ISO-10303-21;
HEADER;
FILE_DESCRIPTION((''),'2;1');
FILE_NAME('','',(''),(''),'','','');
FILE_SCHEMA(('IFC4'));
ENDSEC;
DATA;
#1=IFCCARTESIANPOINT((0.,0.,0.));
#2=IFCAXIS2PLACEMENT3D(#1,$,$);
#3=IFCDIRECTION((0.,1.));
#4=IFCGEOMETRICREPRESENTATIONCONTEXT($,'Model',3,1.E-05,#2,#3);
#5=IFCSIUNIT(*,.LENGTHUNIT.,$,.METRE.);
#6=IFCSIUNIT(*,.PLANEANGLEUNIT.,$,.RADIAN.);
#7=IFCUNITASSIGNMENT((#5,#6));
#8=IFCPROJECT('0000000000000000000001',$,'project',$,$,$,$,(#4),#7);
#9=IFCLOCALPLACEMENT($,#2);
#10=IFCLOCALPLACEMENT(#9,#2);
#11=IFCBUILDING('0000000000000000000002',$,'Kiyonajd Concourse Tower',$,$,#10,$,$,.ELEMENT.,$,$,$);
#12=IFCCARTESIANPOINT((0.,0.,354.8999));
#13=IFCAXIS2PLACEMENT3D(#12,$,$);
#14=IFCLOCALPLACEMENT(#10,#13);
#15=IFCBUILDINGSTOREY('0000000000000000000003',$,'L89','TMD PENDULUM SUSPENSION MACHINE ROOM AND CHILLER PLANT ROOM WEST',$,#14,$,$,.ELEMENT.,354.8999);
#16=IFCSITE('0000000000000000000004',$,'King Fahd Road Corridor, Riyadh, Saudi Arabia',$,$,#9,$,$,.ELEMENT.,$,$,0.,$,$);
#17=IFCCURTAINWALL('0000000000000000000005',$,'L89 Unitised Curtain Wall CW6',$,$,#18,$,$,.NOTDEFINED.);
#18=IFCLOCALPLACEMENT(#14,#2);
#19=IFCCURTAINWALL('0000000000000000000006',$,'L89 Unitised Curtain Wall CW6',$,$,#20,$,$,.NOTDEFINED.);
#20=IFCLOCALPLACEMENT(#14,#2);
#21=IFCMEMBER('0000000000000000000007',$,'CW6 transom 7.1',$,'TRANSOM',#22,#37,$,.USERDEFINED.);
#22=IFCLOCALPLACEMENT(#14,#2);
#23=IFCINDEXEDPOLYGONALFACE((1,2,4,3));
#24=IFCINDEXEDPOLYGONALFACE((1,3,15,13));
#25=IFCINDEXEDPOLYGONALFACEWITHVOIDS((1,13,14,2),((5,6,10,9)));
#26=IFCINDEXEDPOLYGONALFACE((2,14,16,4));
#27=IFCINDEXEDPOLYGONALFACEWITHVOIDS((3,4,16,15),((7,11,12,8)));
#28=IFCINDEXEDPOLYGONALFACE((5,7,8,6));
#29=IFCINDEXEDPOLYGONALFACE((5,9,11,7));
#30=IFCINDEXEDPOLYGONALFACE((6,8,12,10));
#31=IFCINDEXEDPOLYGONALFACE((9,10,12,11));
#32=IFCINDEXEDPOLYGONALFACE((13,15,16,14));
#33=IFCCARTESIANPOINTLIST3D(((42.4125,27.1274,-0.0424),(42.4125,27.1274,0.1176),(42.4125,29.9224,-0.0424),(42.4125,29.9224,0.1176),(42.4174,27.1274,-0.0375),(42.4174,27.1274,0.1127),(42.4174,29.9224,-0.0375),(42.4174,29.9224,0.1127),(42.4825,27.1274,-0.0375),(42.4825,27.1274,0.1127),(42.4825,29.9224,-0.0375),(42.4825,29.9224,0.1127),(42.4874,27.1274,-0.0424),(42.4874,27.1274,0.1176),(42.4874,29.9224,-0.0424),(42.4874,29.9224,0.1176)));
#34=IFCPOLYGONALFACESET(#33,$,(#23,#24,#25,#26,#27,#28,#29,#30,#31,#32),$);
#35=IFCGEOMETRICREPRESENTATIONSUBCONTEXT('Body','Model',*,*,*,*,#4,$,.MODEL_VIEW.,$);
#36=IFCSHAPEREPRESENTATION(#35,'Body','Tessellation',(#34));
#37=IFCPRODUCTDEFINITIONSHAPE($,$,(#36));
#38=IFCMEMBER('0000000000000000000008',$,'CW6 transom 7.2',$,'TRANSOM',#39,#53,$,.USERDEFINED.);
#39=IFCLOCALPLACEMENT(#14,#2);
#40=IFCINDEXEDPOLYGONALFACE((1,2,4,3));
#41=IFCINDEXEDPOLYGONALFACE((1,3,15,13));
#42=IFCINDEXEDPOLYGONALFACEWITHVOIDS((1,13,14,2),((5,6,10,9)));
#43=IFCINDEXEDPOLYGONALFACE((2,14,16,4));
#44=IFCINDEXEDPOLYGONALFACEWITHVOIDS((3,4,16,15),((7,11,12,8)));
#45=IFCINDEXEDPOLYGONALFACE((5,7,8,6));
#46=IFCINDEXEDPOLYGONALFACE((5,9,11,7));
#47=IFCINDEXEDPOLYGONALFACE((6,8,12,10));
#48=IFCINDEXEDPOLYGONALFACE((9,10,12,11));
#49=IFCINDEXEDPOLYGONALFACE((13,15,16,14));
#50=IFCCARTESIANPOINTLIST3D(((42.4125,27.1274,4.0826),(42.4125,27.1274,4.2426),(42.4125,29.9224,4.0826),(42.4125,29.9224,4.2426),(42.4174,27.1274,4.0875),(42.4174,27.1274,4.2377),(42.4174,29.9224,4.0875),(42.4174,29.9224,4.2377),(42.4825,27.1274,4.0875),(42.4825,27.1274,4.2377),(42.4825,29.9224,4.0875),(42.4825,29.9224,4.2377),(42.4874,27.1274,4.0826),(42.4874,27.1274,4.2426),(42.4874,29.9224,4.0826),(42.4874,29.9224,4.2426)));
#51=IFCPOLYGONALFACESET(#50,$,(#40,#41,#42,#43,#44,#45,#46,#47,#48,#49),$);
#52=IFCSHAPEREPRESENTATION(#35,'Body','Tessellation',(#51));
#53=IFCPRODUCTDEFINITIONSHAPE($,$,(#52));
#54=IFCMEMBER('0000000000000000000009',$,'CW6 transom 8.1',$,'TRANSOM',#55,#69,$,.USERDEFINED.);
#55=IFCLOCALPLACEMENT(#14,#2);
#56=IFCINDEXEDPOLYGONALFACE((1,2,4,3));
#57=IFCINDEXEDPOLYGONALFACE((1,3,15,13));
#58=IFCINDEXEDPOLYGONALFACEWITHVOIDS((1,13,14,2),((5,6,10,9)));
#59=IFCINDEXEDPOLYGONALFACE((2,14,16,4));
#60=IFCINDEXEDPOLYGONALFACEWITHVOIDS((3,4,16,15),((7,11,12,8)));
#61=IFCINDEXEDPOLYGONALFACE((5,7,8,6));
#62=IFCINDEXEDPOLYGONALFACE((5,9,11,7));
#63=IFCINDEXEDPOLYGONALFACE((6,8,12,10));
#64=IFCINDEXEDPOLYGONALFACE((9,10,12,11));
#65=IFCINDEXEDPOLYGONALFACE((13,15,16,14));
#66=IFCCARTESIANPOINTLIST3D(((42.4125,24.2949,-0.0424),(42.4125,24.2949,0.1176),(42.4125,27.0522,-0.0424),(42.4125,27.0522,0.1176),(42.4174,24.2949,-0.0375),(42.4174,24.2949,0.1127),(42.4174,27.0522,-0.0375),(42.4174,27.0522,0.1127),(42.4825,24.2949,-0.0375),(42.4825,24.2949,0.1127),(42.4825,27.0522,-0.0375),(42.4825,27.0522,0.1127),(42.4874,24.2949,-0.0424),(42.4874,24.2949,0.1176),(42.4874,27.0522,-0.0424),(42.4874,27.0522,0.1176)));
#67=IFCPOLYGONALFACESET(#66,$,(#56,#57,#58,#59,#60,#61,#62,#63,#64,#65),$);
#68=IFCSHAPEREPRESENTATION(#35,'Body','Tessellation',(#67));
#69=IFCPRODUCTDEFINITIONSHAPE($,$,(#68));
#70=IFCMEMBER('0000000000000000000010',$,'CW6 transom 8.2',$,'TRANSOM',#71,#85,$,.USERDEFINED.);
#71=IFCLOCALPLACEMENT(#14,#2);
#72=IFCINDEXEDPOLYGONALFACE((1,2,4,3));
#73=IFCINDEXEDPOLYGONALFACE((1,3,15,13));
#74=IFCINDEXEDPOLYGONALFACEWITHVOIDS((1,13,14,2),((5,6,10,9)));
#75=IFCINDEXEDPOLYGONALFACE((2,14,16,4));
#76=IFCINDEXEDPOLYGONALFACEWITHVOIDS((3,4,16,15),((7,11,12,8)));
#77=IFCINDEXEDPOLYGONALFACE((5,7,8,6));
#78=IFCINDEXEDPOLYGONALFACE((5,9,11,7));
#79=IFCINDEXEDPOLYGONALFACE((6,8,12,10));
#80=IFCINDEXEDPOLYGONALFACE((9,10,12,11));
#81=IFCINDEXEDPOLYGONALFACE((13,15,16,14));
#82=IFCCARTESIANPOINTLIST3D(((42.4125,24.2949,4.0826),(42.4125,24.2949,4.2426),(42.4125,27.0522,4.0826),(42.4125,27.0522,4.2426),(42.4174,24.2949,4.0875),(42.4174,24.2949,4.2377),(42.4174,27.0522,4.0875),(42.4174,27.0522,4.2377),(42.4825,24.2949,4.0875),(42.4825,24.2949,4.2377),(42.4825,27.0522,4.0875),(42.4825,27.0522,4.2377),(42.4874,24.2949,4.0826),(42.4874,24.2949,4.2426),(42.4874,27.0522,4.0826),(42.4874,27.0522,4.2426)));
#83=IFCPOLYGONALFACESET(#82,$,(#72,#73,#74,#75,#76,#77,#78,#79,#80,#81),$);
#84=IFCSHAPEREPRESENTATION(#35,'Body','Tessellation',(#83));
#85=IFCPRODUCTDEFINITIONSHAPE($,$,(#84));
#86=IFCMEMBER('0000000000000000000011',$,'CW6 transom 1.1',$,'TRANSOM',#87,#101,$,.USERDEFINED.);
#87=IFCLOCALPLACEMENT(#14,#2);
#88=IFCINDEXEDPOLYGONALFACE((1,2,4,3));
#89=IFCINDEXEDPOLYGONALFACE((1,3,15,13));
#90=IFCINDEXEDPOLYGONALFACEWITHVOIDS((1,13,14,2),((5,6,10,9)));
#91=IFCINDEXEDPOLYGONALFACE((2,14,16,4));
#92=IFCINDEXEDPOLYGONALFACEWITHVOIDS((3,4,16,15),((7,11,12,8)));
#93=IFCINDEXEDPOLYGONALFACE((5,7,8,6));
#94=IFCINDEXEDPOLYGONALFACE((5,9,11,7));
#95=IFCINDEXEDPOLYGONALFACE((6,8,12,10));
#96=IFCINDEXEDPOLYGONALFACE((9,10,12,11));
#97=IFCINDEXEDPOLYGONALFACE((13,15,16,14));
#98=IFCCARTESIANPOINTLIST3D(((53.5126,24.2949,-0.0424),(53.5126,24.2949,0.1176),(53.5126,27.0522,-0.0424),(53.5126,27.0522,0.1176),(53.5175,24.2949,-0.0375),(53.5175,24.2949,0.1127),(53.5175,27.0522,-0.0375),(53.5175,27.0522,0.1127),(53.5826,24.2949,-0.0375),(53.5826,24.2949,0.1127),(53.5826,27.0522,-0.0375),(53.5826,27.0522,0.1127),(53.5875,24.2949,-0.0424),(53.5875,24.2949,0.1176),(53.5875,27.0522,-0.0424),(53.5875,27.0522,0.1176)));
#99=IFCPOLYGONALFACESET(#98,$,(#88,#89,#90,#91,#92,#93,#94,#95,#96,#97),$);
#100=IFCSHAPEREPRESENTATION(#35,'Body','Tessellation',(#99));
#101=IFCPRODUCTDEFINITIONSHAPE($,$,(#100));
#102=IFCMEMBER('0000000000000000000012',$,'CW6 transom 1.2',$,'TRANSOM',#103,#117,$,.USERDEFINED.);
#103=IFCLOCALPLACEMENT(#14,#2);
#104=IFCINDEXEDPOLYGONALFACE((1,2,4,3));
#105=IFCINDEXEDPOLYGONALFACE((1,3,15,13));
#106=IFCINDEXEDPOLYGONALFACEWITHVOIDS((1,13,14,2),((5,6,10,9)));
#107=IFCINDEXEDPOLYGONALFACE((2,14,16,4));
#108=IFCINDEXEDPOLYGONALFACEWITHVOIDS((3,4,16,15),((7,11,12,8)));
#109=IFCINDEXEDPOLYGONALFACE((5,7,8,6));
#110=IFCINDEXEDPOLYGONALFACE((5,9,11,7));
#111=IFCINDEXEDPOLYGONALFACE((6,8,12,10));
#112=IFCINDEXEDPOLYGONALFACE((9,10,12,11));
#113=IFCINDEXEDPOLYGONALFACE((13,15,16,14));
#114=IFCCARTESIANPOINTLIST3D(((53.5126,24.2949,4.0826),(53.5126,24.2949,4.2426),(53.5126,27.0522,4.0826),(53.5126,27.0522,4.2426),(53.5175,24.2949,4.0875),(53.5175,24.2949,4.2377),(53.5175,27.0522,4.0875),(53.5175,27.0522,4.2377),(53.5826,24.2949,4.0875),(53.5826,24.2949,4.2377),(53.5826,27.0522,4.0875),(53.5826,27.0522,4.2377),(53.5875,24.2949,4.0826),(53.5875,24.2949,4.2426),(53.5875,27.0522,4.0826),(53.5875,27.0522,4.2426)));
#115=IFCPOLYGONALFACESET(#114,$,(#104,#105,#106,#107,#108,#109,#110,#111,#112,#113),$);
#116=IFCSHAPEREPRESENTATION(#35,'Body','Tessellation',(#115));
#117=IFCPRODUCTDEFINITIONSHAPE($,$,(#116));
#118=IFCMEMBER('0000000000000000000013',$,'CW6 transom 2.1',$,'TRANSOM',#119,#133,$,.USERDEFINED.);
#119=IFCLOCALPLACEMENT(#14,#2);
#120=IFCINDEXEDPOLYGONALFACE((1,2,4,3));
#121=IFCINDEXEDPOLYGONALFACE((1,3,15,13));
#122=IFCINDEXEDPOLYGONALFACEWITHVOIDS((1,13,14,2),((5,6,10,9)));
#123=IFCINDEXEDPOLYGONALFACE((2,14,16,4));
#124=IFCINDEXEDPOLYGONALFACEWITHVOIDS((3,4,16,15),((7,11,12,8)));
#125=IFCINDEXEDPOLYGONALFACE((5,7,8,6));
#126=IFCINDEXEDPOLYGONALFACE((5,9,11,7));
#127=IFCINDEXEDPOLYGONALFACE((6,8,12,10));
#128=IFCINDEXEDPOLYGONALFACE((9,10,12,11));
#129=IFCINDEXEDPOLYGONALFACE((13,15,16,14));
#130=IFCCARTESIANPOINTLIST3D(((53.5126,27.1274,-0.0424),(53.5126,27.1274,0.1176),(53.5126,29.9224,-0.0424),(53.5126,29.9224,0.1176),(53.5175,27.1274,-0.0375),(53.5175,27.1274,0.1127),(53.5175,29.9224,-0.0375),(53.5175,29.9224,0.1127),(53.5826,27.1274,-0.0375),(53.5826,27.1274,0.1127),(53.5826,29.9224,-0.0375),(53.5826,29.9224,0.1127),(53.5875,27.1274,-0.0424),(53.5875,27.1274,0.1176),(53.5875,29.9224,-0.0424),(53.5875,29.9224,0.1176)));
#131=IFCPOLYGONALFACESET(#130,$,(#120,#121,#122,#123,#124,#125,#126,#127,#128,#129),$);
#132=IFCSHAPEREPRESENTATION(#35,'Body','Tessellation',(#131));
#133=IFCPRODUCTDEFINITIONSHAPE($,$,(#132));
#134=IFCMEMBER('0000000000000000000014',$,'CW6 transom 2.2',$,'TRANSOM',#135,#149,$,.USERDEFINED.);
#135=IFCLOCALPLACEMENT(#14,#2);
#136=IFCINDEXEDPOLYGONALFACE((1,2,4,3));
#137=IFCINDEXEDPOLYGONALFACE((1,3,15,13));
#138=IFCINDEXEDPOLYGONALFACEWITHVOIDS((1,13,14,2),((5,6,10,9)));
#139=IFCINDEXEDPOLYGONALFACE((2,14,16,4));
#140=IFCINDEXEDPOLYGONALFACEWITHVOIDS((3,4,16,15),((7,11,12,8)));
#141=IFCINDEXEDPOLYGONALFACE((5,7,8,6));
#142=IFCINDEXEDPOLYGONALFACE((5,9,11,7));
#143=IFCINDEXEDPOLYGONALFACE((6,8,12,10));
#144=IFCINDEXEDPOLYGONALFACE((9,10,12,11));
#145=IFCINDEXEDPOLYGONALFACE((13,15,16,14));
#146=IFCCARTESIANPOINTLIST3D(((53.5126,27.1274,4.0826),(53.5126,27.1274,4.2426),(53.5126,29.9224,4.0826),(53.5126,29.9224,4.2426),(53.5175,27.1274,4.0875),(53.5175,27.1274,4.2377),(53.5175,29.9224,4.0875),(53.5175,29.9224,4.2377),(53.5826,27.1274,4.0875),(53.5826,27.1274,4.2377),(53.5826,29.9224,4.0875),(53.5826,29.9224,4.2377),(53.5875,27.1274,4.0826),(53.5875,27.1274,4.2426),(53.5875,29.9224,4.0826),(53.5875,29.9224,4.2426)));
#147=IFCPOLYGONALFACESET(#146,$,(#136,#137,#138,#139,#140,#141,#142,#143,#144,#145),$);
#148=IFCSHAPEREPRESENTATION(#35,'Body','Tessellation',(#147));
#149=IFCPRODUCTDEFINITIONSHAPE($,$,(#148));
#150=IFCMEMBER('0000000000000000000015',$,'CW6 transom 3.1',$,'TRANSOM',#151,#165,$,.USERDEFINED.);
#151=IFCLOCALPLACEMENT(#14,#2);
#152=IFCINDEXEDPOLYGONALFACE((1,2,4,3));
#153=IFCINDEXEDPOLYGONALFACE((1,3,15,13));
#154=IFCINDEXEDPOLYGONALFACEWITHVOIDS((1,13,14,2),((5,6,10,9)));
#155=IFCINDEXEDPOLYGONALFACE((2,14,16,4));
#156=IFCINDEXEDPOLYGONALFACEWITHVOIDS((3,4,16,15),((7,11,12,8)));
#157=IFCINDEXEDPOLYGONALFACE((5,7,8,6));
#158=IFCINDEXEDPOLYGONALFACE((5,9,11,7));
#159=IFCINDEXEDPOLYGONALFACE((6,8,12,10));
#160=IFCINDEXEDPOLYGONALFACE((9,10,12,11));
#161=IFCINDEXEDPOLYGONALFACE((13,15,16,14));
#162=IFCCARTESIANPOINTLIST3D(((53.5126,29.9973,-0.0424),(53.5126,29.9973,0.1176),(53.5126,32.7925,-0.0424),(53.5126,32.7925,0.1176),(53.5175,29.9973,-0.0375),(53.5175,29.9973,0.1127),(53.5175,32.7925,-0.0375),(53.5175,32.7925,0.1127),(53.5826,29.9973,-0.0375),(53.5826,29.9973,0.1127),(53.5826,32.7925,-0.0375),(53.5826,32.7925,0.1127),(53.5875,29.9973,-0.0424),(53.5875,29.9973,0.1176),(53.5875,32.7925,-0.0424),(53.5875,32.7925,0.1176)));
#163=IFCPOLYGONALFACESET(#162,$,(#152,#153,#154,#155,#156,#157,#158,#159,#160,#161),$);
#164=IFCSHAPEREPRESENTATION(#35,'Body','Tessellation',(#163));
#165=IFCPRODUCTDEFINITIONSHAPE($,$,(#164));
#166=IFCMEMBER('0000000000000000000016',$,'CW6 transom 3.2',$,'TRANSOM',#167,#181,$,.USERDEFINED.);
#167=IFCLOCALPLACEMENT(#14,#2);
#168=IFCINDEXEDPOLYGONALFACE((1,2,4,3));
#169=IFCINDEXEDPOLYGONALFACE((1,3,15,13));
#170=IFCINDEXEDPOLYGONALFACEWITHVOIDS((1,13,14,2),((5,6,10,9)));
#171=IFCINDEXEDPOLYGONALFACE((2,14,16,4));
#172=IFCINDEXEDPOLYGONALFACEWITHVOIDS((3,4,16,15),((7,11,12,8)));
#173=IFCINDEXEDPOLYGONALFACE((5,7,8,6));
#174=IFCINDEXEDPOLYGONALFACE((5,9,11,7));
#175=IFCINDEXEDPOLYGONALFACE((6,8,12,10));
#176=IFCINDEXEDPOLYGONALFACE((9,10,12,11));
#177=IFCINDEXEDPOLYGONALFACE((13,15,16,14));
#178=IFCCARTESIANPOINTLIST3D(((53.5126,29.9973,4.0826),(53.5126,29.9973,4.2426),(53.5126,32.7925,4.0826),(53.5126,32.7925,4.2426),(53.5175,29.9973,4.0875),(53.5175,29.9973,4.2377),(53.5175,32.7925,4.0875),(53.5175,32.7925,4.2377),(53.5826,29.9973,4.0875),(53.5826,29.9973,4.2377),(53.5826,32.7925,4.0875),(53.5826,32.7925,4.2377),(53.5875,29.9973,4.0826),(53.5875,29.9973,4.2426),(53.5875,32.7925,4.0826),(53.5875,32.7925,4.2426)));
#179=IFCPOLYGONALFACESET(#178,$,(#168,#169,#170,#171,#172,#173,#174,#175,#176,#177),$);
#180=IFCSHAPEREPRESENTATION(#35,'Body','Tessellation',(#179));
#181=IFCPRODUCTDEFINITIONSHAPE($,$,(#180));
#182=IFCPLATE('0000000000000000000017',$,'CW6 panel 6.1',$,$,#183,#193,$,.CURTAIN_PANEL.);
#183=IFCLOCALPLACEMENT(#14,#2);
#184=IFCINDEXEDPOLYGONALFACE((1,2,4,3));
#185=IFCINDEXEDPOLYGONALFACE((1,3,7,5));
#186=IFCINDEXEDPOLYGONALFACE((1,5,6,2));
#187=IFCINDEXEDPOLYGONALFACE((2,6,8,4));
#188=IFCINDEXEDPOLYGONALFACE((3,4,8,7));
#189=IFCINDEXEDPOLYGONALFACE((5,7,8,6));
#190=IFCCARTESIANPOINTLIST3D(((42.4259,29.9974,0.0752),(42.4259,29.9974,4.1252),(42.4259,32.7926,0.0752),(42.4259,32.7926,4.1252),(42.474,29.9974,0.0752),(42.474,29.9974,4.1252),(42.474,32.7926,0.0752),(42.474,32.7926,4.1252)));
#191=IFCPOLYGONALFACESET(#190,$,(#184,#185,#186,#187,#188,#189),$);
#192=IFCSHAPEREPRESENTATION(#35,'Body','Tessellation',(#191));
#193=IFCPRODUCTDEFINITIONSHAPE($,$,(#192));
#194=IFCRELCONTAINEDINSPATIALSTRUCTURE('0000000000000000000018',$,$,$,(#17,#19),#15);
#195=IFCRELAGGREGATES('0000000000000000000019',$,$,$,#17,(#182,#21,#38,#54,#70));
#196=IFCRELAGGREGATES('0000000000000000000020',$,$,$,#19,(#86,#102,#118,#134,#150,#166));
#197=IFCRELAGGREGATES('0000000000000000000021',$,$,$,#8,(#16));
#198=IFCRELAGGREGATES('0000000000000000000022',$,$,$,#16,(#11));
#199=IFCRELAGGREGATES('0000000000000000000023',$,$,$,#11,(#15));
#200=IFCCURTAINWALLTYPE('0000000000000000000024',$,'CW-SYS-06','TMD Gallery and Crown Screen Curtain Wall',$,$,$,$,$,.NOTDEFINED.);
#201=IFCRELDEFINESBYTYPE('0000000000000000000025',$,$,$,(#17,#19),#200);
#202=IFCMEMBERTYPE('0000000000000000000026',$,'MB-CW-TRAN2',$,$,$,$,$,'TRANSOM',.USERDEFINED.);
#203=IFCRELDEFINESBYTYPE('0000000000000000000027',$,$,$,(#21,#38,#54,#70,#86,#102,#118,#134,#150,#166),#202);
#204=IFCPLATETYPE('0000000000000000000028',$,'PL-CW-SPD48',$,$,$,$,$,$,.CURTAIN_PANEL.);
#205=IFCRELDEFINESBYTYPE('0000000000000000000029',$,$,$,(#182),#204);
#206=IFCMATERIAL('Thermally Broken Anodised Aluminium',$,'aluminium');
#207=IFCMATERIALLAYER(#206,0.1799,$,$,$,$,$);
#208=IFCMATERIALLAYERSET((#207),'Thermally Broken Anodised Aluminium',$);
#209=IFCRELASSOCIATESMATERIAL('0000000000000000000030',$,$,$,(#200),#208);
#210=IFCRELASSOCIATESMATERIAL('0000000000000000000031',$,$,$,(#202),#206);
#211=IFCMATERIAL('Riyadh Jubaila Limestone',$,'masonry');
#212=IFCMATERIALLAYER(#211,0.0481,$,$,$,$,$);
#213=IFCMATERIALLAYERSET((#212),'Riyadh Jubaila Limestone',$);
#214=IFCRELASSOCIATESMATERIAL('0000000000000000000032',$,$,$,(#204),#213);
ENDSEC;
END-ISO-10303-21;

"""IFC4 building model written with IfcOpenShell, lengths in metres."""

from ifc_helpers import new_model, si_unit, direction, frame, origin, origin_2d, place, context, subcontext, project, spatial, rectangle, hollow_rectangle, extrude, material, layer, layer_set, material_profile, profile_set, type_object, element, aggregate, save


model = new_model("IFC4")

# Units and contexts
model_context = context("Model", 3, precision=1e-05, world=origin(), true_north=direction((0.0, 1.0)))
body_context = subcontext(model_context, "Body", "Model", "MODEL_VIEW")
ifc_project = project(units=[si_unit("LENGTHUNIT", "METRE"), si_unit("PLANEANGLEUNIT", "RADIAN")], contexts=[model_context])

# Site, building, storey
site_placement = place(None, origin())
site = spatial("IfcSite", under=ifc_project, at=site_placement, Name="King Fahd Road Corridor, Riyadh, Saudi Arabia", CompositionType="ELEMENT", RefElevation=0.0)
building_placement = place(site_placement, origin())
building = spatial("IfcBuilding", under=site, at=building_placement, Name="Kiyonajd Concourse Tower", CompositionType="ELEMENT")
storey_placement = place(building_placement, frame((0.0, 0.0, 354.8999)))
storey = spatial("IfcBuildingStorey", under=building, at=storey_placement, Name="L89", Description="TMD PENDULUM SUSPENSION MACHINE ROOM AND CHILLER PLANT ROOM WEST", CompositionType="ELEMENT", Elevation=354.8999)

# Curtain walls
ifc_material_1 = material(Name="Thermally Broken Anodised Aluminium", Category="aluminium")
ifc_layer_1 = layer(ifc_material_1, 0.1799)
ifc_layer_set_1 = layer_set([ifc_layer_1], Name="Thermally Broken Anodised Aluminium")
curtain_wall_type = type_object("IfcCurtainWallType", Name="CW-SYS-06", Description="TMD Gallery and Crown Screen Curtain Wall", PredefinedType="NOTDEFINED", material=ifc_layer_set_1)
curtain_wall_1_placement = place(storey_placement, origin())
curtain_wall_1 = element("IfcCurtainWall", 1, at=curtain_wall_1_placement, inside=storey, type_object=curtain_wall_type, Name="L89 Unitised Curtain Wall CW6", PredefinedType="NOTDEFINED")
curtain_wall_2_placement = place(storey_placement, origin())
curtain_wall_2 = element("IfcCurtainWall", 2, at=curtain_wall_2_placement, inside=storey, type_object=curtain_wall_type, Name="L89 Unitised Curtain Wall CW6", PredefinedType="NOTDEFINED")

# Members
ifc_material_profile_1 = material_profile(ifc_material_1, hollow_rectangle(XDim=0.075, YDim=0.1599, WallThickness=0.0049, at=origin_2d()), Name="TRAN-75x160")
ifc_profile_set_1 = profile_set([ifc_material_profile_1], Name="Thermally Broken Anodised Aluminium")
member_type_1 = type_object("IfcMemberType", Name="MB-CW-TRAN2", ElementType="TRANSOM", PredefinedType="USERDEFINED", material=ifc_profile_set_1)
member_1_placement = place(storey_placement, frame((42.45, 29.9224, 0.0376), z_axis=(0.0, -1.0, 0.0), x_axis=(1.0, 0.0, 0.0)))
member_1 = element("IfcMember", 3, at=member_1_placement, type_object=member_type_1, Name="CW6 transom 7.1", ObjectType="TRANSOM", PredefinedType="USERDEFINED", context=body_context, shape_type="SweptSolid", body=[
    extrude(hollow_rectangle(XDim=0.075, YDim=0.1599, WallThickness=0.0049, at=origin_2d()), origin(), (0.0, 0.0, 1.0), 2.7949),
])
member_2_placement = place(storey_placement, frame((42.45, 29.9224, 4.1626), z_axis=(0.0, -1.0, 0.0), x_axis=(1.0, 0.0, 0.0)))
member_2 = element("IfcMember", 4, at=member_2_placement, type_object=member_type_1, Name="CW6 transom 7.2", ObjectType="TRANSOM", PredefinedType="USERDEFINED", context=body_context, shape_type="SweptSolid", body=[
    extrude(hollow_rectangle(XDim=0.075, YDim=0.1599, WallThickness=0.0049, at=origin_2d()), origin(), (0.0, 0.0, 1.0), 2.7949),
])
member_3_placement = place(storey_placement, frame((42.45, 27.0522, 0.0376), z_axis=(0.0, -1.0, 0.0), x_axis=(1.0, 0.0, 0.0)))
member_3 = element("IfcMember", 5, at=member_3_placement, type_object=member_type_1, Name="CW6 transom 8.1", ObjectType="TRANSOM", PredefinedType="USERDEFINED", context=body_context, shape_type="SweptSolid", body=[
    extrude(hollow_rectangle(XDim=0.075, YDim=0.1599, WallThickness=0.0049, at=origin_2d()), origin(), (0.0, 0.0, 1.0), 2.7573),
])
member_4_placement = place(storey_placement, frame((42.45, 27.0522, 4.1626), z_axis=(0.0, -1.0, 0.0), x_axis=(1.0, 0.0, 0.0)))
member_4 = element("IfcMember", 6, at=member_4_placement, type_object=member_type_1, Name="CW6 transom 8.2", ObjectType="TRANSOM", PredefinedType="USERDEFINED", context=body_context, shape_type="SweptSolid", body=[
    extrude(hollow_rectangle(XDim=0.075, YDim=0.1599, WallThickness=0.0049, at=origin_2d()), origin(), (0.0, 0.0, 1.0), 2.7573),
])
member_5_placement = place(storey_placement, frame((53.55, 24.2949, 0.0376), z_axis=(0.0, 1.0, 0.0), x_axis=(-1.0, 0.0, 0.0)))
member_5 = element("IfcMember", 7, at=member_5_placement, type_object=member_type_1, Name="CW6 transom 1.1", ObjectType="TRANSOM", PredefinedType="USERDEFINED", context=body_context, shape_type="SweptSolid", body=[
    extrude(hollow_rectangle(XDim=0.075, YDim=0.1599, WallThickness=0.0049, at=origin_2d()), origin(), (0.0, 0.0, 1.0), 2.7573),
])
member_6_placement = place(storey_placement, frame((53.55, 24.2949, 4.1626), z_axis=(0.0, 1.0, 0.0), x_axis=(-1.0, 0.0, 0.0)))
member_6 = element("IfcMember", 8, at=member_6_placement, type_object=member_type_1, Name="CW6 transom 1.2", ObjectType="TRANSOM", PredefinedType="USERDEFINED", context=body_context, shape_type="SweptSolid", body=[
    extrude(hollow_rectangle(XDim=0.075, YDim=0.1599, WallThickness=0.0049, at=origin_2d()), origin(), (0.0, 0.0, 1.0), 2.7573),
])
member_7_placement = place(storey_placement, frame((53.55, 27.1274, 0.0376), z_axis=(0.0, 1.0, 0.0), x_axis=(-1.0, 0.0, 0.0)))
member_7 = element("IfcMember", 9, at=member_7_placement, type_object=member_type_1, Name="CW6 transom 2.1", ObjectType="TRANSOM", PredefinedType="USERDEFINED", context=body_context, shape_type="SweptSolid", body=[
    extrude(hollow_rectangle(XDim=0.075, YDim=0.1599, WallThickness=0.0049, at=origin_2d()), origin(), (0.0, 0.0, 1.0), 2.7949),
])
member_8_placement = place(storey_placement, frame((53.55, 27.1274, 4.1626), z_axis=(0.0, 1.0, 0.0), x_axis=(-1.0, 0.0, 0.0)))
member_8 = element("IfcMember", 10, at=member_8_placement, type_object=member_type_1, Name="CW6 transom 2.2", ObjectType="TRANSOM", PredefinedType="USERDEFINED", context=body_context, shape_type="SweptSolid", body=[
    extrude(hollow_rectangle(XDim=0.075, YDim=0.1599, WallThickness=0.0049, at=origin_2d()), origin(), (0.0, 0.0, 1.0), 2.7949),
])
member_9_placement = place(storey_placement, frame((53.55, 29.9973, 0.0376), z_axis=(0.0, 1.0, 0.0), x_axis=(-1.0, 0.0, 0.0)))
member_9 = element("IfcMember", 11, at=member_9_placement, type_object=member_type_1, Name="CW6 transom 3.1", ObjectType="TRANSOM", PredefinedType="USERDEFINED", context=body_context, shape_type="SweptSolid", body=[
    extrude(hollow_rectangle(XDim=0.075, YDim=0.1599, WallThickness=0.0049, at=origin_2d()), origin(), (0.0, 0.0, 1.0), 2.7952),
])
member_10_placement = place(storey_placement, frame((53.55, 29.9973, 4.1626), z_axis=(0.0, 1.0, 0.0), x_axis=(-1.0, 0.0, 0.0)))
member_10 = element("IfcMember", 12, at=member_10_placement, type_object=member_type_1, Name="CW6 transom 3.2", ObjectType="TRANSOM", PredefinedType="USERDEFINED", context=body_context, shape_type="SweptSolid", body=[
    extrude(hollow_rectangle(XDim=0.075, YDim=0.1599, WallThickness=0.0049, at=origin_2d()), origin(), (0.0, 0.0, 1.0), 2.7952),
])

# Plate
ifc_material_2 = material(Name="Riyadh Jubaila Limestone", Category="masonry")
ifc_layer_2 = layer(ifc_material_2, 0.0481)
ifc_layer_set_2 = layer_set([ifc_layer_2], Name="Riyadh Jubaila Limestone")
plate_type = type_object("IfcPlateType", Name="PL-CW-SPD48", PredefinedType="CURTAIN_PANEL", material=ifc_layer_set_2)
plate_1_placement = place(storey_placement, frame((42.45, 31.395, 0.0752), z_axis=(0.0, 0.0, 1.0), x_axis=(0.0, -1.0, 0.0)))
plate_1 = element("IfcPlate", 13, at=plate_1_placement, type_object=plate_type, Name="CW6 panel 6.1", PredefinedType="CURTAIN_PANEL", context=body_context, shape_type="SweptSolid", body=[
    extrude(rectangle(XDim=2.7952, YDim=0.0481, at=origin_2d()), origin(), (0.0, 0.0, 1.0), 4.05),
])
aggregate(curtain_wall_1, [plate_1, member_1, member_2, member_3, member_4])
aggregate(curtain_wall_2, [member_5, member_6, member_7, member_8, member_9, member_10])

save(model, "model.ifc")
